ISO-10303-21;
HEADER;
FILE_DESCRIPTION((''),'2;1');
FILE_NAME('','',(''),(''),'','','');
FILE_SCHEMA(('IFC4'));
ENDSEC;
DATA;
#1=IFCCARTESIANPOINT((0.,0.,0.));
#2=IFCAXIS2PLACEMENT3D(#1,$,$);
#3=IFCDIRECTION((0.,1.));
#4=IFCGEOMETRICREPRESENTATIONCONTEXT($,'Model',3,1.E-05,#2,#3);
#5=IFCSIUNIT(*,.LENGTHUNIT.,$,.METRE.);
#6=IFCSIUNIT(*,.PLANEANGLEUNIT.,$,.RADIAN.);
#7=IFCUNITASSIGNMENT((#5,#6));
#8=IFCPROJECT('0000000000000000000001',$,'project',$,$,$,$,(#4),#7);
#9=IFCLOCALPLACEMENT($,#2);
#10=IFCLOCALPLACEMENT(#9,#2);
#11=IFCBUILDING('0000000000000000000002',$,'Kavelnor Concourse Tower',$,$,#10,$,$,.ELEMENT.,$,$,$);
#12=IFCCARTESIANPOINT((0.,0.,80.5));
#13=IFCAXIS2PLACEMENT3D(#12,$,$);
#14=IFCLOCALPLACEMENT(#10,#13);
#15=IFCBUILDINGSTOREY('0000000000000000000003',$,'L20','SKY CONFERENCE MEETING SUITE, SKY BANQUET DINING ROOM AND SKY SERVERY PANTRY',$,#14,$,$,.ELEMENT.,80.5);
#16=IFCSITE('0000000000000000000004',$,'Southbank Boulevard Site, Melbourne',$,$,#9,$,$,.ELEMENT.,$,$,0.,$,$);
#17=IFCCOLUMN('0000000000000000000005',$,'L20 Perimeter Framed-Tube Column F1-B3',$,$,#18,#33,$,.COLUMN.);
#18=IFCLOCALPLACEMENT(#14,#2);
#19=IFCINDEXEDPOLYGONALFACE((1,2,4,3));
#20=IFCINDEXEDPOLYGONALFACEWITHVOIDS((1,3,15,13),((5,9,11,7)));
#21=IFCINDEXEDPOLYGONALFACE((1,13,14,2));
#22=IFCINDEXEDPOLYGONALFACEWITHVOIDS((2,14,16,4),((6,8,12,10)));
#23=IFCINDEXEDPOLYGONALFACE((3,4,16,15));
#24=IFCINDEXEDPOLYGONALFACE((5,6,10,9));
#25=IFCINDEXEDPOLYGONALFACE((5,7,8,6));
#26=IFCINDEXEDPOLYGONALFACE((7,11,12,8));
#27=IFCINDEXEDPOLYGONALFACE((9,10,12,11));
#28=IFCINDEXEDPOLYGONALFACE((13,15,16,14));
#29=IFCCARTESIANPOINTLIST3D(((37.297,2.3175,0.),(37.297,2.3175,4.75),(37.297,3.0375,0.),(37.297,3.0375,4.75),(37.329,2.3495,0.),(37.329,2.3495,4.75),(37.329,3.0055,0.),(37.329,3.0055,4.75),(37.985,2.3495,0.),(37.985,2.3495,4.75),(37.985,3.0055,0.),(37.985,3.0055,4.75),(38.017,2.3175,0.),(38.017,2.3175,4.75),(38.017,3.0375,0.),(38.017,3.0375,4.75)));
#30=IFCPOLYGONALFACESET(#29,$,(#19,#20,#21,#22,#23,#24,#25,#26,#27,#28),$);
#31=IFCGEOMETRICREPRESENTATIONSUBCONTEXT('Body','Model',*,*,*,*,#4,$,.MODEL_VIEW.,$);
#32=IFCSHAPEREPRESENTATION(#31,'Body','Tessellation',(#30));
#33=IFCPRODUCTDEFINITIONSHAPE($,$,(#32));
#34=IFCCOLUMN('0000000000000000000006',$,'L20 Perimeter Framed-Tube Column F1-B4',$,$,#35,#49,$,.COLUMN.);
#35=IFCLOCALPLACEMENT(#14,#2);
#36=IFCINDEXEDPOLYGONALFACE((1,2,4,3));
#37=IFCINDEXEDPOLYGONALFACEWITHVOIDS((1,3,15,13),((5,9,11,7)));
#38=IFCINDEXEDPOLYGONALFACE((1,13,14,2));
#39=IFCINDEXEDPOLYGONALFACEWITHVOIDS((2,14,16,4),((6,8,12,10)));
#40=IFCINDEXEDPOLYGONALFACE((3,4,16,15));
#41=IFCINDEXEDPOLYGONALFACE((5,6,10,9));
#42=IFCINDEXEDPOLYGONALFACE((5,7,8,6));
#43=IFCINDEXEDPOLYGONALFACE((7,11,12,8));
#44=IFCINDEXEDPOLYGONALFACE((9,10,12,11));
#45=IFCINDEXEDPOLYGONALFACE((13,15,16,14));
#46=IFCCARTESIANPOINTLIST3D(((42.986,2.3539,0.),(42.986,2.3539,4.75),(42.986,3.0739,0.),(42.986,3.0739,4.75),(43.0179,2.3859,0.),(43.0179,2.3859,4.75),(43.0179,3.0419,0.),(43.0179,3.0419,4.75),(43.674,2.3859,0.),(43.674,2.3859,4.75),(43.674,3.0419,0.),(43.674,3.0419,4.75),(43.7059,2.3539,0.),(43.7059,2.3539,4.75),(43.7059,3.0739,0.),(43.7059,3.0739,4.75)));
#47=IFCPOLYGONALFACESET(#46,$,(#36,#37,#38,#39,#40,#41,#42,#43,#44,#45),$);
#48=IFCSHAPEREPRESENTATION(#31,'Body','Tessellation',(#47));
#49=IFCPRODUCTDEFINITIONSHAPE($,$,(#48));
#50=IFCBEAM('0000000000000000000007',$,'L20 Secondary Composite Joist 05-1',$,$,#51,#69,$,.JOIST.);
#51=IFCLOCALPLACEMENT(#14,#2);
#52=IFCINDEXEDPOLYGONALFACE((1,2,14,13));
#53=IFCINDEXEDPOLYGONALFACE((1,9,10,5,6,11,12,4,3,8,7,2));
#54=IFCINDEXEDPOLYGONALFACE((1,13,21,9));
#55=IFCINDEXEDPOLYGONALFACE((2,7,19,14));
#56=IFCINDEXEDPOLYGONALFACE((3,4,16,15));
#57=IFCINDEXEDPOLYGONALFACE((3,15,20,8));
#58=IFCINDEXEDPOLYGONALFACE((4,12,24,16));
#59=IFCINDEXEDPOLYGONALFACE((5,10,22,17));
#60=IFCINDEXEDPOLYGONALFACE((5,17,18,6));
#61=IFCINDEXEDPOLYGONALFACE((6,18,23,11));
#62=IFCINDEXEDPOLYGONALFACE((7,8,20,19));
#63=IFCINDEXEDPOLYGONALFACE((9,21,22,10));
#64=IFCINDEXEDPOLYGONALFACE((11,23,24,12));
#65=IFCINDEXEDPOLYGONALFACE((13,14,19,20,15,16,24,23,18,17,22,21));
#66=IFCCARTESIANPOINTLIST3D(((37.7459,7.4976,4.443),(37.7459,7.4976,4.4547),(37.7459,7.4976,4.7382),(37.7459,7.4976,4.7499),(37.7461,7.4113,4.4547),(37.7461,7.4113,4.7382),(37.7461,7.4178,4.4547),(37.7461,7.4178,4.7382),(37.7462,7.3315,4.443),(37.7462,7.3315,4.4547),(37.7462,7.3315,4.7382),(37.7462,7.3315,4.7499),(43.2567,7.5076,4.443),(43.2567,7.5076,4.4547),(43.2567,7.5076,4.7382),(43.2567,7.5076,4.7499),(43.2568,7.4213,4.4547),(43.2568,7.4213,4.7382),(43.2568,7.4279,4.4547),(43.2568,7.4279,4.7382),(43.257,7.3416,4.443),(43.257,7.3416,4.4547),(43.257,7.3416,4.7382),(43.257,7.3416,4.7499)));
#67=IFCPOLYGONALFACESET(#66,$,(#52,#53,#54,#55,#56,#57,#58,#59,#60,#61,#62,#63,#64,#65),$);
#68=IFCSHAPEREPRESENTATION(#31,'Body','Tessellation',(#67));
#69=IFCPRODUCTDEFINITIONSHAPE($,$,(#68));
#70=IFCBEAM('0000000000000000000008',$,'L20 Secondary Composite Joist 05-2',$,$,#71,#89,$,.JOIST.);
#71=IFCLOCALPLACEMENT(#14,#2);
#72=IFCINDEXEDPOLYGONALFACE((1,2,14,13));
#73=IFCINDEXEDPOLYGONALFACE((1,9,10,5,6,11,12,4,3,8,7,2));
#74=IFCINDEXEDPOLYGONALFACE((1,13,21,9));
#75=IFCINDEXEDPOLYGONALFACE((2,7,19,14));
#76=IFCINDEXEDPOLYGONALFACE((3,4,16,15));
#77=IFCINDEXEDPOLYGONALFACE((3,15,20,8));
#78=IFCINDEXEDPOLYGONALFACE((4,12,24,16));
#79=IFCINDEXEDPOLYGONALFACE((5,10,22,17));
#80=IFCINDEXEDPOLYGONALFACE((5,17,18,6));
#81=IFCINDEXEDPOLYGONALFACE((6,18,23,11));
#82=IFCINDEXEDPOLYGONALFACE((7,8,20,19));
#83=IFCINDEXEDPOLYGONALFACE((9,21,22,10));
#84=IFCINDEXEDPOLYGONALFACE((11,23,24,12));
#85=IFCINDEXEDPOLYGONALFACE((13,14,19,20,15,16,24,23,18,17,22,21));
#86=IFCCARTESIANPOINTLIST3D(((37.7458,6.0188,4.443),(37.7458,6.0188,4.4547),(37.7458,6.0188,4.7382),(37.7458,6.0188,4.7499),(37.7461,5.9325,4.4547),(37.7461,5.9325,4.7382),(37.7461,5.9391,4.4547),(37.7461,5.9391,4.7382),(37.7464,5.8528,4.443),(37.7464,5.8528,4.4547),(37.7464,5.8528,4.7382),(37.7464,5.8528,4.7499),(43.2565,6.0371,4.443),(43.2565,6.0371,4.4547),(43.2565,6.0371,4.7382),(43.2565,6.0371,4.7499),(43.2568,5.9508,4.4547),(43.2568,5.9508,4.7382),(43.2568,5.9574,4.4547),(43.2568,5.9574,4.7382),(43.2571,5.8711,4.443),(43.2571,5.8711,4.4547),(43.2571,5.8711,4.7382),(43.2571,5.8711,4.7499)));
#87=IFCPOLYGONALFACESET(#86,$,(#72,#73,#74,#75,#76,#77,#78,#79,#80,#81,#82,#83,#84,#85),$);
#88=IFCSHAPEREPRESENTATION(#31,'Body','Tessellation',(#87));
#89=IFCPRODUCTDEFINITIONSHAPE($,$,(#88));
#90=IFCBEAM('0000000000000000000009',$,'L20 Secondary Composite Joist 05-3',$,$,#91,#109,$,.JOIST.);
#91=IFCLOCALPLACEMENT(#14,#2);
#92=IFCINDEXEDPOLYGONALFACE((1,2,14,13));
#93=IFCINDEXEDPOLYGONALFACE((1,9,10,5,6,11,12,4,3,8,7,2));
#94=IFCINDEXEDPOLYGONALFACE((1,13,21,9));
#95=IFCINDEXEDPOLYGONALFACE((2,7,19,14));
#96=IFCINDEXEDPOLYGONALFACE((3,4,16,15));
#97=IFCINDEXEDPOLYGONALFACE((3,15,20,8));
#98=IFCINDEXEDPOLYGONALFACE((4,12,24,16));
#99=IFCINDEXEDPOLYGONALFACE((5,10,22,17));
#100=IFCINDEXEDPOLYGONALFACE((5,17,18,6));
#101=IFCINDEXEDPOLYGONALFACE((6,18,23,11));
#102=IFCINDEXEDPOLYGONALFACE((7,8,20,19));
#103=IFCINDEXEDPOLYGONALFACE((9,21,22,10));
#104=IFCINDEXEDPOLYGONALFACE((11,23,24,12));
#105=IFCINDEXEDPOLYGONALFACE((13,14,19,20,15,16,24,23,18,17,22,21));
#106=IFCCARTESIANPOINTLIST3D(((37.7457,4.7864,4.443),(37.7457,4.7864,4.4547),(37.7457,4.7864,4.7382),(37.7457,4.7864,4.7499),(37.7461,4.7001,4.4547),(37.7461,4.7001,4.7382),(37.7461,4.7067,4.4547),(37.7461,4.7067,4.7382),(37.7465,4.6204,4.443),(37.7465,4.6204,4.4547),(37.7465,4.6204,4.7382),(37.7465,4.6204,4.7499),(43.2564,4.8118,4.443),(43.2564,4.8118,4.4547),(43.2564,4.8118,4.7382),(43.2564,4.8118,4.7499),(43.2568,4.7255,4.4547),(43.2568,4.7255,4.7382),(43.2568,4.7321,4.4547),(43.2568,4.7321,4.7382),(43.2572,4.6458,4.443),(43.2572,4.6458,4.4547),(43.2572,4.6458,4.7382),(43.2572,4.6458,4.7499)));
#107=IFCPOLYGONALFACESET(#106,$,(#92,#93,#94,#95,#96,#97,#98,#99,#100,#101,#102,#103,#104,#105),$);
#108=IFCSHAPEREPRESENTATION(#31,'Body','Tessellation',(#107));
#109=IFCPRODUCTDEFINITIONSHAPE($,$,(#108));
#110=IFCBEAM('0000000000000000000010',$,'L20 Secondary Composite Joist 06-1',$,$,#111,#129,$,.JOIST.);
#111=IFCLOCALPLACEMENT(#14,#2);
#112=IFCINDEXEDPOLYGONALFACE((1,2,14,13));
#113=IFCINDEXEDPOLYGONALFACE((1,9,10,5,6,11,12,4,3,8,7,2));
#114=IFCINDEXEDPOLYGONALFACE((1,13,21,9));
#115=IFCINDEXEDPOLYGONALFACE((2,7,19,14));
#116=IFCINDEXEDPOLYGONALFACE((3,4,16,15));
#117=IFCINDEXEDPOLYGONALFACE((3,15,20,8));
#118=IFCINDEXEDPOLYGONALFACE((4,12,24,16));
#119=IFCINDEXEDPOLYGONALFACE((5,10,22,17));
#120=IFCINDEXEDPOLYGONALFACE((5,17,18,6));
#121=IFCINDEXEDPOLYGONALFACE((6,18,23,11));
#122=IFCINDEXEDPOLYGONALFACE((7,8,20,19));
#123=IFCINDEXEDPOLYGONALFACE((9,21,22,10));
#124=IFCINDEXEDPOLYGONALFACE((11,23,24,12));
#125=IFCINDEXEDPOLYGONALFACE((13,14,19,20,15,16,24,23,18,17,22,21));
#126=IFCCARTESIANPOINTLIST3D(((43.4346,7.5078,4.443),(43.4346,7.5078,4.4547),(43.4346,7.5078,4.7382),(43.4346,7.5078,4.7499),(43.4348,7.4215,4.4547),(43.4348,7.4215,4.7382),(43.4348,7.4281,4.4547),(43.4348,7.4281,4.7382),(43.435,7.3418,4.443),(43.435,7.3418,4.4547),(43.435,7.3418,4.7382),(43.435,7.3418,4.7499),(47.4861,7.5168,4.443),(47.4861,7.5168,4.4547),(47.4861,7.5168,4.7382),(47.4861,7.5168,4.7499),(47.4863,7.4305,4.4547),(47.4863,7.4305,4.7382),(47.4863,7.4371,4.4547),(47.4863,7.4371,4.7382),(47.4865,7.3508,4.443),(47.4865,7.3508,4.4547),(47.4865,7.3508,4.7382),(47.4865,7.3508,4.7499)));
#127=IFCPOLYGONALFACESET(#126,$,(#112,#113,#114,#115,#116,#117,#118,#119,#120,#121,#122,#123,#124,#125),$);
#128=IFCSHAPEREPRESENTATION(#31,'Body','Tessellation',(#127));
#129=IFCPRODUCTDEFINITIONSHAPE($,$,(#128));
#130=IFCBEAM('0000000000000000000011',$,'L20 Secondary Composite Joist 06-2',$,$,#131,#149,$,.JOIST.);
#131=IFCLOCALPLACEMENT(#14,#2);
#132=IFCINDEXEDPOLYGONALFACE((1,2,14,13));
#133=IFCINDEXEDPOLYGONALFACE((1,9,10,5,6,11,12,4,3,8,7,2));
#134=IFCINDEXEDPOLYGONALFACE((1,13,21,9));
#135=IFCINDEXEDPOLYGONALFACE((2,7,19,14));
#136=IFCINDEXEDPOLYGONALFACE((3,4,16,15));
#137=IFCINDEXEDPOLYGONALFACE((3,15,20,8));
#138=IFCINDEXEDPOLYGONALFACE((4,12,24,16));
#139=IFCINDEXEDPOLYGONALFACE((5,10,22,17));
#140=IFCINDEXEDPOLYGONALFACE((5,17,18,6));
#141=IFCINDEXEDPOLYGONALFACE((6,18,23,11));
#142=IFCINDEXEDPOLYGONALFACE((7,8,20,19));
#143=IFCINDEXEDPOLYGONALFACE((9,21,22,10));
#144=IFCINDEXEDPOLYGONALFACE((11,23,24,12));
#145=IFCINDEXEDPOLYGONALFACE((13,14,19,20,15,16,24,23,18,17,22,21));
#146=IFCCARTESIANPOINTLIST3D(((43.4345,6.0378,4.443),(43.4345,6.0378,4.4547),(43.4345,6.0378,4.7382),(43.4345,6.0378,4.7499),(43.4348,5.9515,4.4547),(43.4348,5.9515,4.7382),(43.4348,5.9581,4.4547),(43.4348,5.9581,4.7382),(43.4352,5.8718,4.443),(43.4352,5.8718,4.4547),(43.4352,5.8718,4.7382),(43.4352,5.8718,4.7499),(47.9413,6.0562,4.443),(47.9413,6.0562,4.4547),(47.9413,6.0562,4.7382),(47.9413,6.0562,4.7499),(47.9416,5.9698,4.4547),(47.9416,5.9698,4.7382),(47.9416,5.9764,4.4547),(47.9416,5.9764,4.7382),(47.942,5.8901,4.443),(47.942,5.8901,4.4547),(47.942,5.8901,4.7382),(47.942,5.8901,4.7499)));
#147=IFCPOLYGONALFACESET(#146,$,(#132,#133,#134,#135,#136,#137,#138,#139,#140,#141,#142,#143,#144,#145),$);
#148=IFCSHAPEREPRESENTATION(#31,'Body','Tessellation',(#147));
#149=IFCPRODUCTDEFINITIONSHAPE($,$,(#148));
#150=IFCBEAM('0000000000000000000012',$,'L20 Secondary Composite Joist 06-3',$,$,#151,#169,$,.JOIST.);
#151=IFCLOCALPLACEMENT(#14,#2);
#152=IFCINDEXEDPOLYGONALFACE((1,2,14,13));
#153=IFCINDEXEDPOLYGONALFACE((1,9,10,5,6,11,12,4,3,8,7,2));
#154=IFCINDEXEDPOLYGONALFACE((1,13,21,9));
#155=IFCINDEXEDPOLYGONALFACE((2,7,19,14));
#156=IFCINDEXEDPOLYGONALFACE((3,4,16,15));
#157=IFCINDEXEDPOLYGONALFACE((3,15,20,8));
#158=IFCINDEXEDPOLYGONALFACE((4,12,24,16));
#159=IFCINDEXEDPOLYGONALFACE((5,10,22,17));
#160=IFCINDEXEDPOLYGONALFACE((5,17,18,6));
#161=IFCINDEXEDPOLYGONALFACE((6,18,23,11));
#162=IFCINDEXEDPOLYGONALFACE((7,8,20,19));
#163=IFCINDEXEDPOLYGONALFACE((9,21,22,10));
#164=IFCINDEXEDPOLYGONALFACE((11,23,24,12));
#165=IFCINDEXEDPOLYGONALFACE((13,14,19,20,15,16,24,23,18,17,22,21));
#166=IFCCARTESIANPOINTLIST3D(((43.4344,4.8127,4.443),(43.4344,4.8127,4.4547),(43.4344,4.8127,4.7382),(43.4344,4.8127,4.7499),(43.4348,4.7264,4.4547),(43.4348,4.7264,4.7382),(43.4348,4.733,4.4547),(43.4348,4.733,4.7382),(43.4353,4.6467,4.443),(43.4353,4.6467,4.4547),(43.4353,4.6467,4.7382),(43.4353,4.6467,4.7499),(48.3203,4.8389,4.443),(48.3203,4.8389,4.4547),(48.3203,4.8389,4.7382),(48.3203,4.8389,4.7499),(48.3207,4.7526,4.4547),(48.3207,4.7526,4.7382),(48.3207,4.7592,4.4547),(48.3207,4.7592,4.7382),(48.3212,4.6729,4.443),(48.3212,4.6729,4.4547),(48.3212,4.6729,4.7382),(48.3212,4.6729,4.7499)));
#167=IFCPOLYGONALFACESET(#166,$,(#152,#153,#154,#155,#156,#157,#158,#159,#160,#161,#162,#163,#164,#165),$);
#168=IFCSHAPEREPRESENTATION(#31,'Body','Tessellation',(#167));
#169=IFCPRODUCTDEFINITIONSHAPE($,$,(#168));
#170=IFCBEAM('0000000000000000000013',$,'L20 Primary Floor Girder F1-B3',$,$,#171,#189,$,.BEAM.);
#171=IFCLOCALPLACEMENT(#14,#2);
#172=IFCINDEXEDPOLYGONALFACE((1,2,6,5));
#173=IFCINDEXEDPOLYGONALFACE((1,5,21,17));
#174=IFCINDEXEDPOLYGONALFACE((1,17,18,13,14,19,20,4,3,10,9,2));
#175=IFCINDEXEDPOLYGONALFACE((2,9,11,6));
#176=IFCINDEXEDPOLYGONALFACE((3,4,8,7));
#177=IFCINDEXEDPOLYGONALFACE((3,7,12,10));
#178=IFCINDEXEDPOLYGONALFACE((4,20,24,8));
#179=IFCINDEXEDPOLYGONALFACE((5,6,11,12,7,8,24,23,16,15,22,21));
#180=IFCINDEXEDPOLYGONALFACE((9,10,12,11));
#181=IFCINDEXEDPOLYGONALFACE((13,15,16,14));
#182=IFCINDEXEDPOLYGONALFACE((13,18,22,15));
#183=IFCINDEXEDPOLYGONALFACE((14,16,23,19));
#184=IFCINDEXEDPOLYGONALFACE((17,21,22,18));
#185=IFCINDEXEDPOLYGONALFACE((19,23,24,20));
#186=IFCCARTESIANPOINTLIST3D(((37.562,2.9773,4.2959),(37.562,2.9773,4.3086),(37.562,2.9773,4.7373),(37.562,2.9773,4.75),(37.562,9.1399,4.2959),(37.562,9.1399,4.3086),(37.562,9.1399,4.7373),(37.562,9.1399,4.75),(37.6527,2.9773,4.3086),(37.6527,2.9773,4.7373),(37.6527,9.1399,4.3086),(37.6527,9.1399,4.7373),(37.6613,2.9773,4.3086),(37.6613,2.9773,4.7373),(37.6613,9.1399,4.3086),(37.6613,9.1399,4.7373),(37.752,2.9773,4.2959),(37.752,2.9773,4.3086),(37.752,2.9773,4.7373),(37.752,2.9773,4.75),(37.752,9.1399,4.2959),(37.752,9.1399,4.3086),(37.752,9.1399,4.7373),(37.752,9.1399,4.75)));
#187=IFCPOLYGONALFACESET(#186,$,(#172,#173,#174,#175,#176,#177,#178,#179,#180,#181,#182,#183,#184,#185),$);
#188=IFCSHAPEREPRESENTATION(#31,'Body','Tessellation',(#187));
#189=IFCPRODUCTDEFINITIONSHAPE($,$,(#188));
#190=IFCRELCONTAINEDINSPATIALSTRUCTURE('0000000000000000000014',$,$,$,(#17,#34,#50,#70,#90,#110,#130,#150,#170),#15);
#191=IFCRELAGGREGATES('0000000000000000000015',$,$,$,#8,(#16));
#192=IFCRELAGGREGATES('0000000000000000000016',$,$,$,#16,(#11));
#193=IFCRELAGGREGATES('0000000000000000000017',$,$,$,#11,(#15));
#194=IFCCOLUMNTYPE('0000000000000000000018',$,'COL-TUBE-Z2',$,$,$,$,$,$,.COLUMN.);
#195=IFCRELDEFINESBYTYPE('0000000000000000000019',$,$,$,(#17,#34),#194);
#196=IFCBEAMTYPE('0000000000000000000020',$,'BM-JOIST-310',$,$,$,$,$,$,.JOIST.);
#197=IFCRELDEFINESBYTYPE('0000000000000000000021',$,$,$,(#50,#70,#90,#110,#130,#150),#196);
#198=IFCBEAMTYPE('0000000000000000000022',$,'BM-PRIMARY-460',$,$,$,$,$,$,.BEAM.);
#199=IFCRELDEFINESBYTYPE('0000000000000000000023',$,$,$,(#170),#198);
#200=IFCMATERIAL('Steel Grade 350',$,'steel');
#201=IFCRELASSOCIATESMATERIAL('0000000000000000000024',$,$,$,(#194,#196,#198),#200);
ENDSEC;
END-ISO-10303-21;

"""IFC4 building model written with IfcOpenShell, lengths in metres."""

from ifc_helpers import new_model, si_unit, direction, frame, origin, origin_2d, place, context, subcontext, project, spatial, hollow_rectangle, i_section, extrude, material, material_profile, profile_set, type_object, element, save


model = new_model("IFC4")

# Units and contexts
model_context = context("Model", 3, precision=1e-05, world=origin(), true_north=direction((0.0, 1.0)))
body_context = subcontext(model_context, "Body", "Model", "MODEL_VIEW")
ifc_project = project(units=[si_unit("LENGTHUNIT", "METRE"), si_unit("PLANEANGLEUNIT", "RADIAN")], contexts=[model_context])

# Site, building, storey
site_placement = place(None, origin())
site = spatial("IfcSite", under=ifc_project, at=site_placement, Name="Southbank Boulevard Site, Melbourne", CompositionType="ELEMENT", RefElevation=0.0)
building_placement = place(site_placement, origin())
building = spatial("IfcBuilding", under=site, at=building_placement, Name="Kavelnor Concourse Tower", CompositionType="ELEMENT")
storey_placement = place(building_placement, frame((0.0, 0.0, 80.5)))
storey = spatial("IfcBuildingStorey", under=building, at=storey_placement, Name="L20", Description="SKY CONFERENCE MEETING SUITE, SKY BANQUET DINING ROOM AND SKY SERVERY PANTRY", CompositionType="ELEMENT", Elevation=80.5)

# Columns
ifc_material_1 = material(Name="Steel Grade 350", Category="steel")
ifc_material_profile_1 = material_profile(ifc_material_1, hollow_rectangle(XDim=0.72, YDim=0.72, WallThickness=0.032, at=origin_2d()), Name="SHS 720x720x32")
ifc_profile_set_1 = profile_set([ifc_material_profile_1], Name="Steel Grade 350")
column_type = type_object("IfcColumnType", Name="COL-TUBE-Z2", PredefinedType="COLUMN", material=ifc_profile_set_1)
for number, where, z_axis, x_axis, name in (
    (1, (37.657, 2.6775, 0.0), (0.0, 0.0, 1.0), (1.0, 0.0, 0.0), "L20 Perimeter Framed-Tube Column F1-B3"),
    (2, (43.3459, 2.7139, 0.0), (0.0, 0.0, 1.0), (1.0, 0.0, 0.0), "L20 Perimeter Framed-Tube Column F1-B4"),
):
    element("IfcColumn", number, at=place(storey_placement, frame(where, z_axis=z_axis, x_axis=x_axis)), inside=storey, type_object=column_type, Name=name, PredefinedType="COLUMN", context=body_context, shape_type="SweptSolid", body=[
        extrude(hollow_rectangle(XDim=0.72, YDim=0.72, WallThickness=0.032, at=origin_2d()), origin(), (0.0, 0.0, 1.0), 4.75),
    ])

# Beams
ifc_material_profile_2 = material_profile(ifc_material_1, i_section(OverallWidth=0.166, OverallDepth=0.3069, WebThickness=0.0066, FlangeThickness=0.0117, at=origin_2d()), Name="310UB46")
ifc_profile_set_2 = profile_set([ifc_material_profile_2], Name="Steel Grade 350")
beam_type_1 = type_object("IfcBeamType", Name="BM-JOIST-310", PredefinedType="JOIST", material=ifc_profile_set_2)
for number, where, z_axis, x_axis, name in (
    (3, (37.7461, 7.4146, 4.5964), (0.999998, 0.001816, 0.0), (-0.001816, 0.999998, 0.0), "L20 Secondary Composite Joist 05-1"),
    (4, (37.7461, 5.9358, 4.5964), (0.999994, 0.003323, 0.0), (-0.003323, 0.999994, 0.0), "L20 Secondary Composite Joist 05-2"),
    (5, (37.7461, 4.7034, 4.5964), (0.999989, 0.004607, 0.0), (-0.004607, 0.999989, 0.0), "L20 Secondary Composite Joist 05-3"),
):
    element("IfcBeam", number, at=place(storey_placement, frame(where, z_axis=z_axis, x_axis=x_axis)), inside=storey, type_object=beam_type_1, Name=name, PredefinedType="JOIST", context=body_context, shape_type="SweptSolid", body=[
        extrude(i_section(OverallWidth=0.166, OverallDepth=0.3069, WebThickness=0.0066, FlangeThickness=0.0117, at=origin_2d()), origin(), (0.0, 0.0, 1.0), 5.5107),
    ])
beam_1_placement = place(storey_placement, frame((43.4348, 7.4248, 4.5964), z_axis=(0.999998, 0.00223, 0.0), x_axis=(-0.00223, 0.999998, 0.0)))
element("IfcBeam", 6, at=beam_1_placement, inside=storey, type_object=beam_type_1, Name="L20 Secondary Composite Joist 06-1", PredefinedType="JOIST", context=body_context, shape_type="SweptSolid", body=[
    extrude(i_section(OverallWidth=0.166, OverallDepth=0.3069, WebThickness=0.0066, FlangeThickness=0.0117, at=origin_2d()), origin(), (0.0, 0.0, 1.0), 4.0515),
])
beam_2_placement = place(storey_placement, frame((43.4348, 5.9548, 4.5964), z_axis=(0.999992, 0.004063, 0.0), x_axis=(-0.004063, 0.999992, 0.0)))
element("IfcBeam", 7, at=beam_2_placement, inside=storey, type_object=beam_type_1, Name="L20 Secondary Composite Joist 06-2", PredefinedType="JOIST", context=body_context, shape_type="SweptSolid", body=[
    extrude(i_section(OverallWidth=0.166, OverallDepth=0.3069, WebThickness=0.0066, FlangeThickness=0.0117, at=origin_2d()), origin(), (0.0, 0.0, 1.0), 4.5068),
])
beam_3_placement = place(storey_placement, frame((43.4348, 4.7297, 4.5964), z_axis=(0.999986, 0.005346, 0.0), x_axis=(-0.005346, 0.999986, 0.0)))
element("IfcBeam", 8, at=beam_3_placement, inside=storey, type_object=beam_type_1, Name="L20 Secondary Composite Joist 06-3", PredefinedType="JOIST", context=body_context, shape_type="SweptSolid", body=[
    extrude(i_section(OverallWidth=0.166, OverallDepth=0.3069, WebThickness=0.0066, FlangeThickness=0.0117, at=origin_2d()), origin(), (0.0, 0.0, 1.0), 4.886),
])
ifc_material_profile_3 = material_profile(ifc_material_1, i_section(OverallWidth=0.1899, OverallDepth=0.4541, WebThickness=0.0085, FlangeThickness=0.0127, at=origin_2d()), Name="460UB67")
ifc_profile_set_3 = profile_set([ifc_material_profile_3], Name="Steel Grade 350")
beam_type_2 = type_object("IfcBeamType", Name="BM-PRIMARY-460", PredefinedType="BEAM", material=ifc_profile_set_3)
beam_4_placement = place(storey_placement, frame((37.657, 9.1399, 4.5229), z_axis=(0.0, -1.0, 0.0), x_axis=(1.0, 0.0, 0.0)))
element("IfcBeam", 9, at=beam_4_placement, inside=storey, type_object=beam_type_2, Name="L20 Primary Floor Girder F1-B3", PredefinedType="BEAM", context=body_context, shape_type="SweptSolid", body=[
    extrude(i_section(OverallWidth=0.1899, OverallDepth=0.4541, WebThickness=0.0085, FlangeThickness=0.0127, at=origin_2d()), origin(), (0.0, 0.0, 1.0), 6.1626),
])

save(model, "model.ifc")
